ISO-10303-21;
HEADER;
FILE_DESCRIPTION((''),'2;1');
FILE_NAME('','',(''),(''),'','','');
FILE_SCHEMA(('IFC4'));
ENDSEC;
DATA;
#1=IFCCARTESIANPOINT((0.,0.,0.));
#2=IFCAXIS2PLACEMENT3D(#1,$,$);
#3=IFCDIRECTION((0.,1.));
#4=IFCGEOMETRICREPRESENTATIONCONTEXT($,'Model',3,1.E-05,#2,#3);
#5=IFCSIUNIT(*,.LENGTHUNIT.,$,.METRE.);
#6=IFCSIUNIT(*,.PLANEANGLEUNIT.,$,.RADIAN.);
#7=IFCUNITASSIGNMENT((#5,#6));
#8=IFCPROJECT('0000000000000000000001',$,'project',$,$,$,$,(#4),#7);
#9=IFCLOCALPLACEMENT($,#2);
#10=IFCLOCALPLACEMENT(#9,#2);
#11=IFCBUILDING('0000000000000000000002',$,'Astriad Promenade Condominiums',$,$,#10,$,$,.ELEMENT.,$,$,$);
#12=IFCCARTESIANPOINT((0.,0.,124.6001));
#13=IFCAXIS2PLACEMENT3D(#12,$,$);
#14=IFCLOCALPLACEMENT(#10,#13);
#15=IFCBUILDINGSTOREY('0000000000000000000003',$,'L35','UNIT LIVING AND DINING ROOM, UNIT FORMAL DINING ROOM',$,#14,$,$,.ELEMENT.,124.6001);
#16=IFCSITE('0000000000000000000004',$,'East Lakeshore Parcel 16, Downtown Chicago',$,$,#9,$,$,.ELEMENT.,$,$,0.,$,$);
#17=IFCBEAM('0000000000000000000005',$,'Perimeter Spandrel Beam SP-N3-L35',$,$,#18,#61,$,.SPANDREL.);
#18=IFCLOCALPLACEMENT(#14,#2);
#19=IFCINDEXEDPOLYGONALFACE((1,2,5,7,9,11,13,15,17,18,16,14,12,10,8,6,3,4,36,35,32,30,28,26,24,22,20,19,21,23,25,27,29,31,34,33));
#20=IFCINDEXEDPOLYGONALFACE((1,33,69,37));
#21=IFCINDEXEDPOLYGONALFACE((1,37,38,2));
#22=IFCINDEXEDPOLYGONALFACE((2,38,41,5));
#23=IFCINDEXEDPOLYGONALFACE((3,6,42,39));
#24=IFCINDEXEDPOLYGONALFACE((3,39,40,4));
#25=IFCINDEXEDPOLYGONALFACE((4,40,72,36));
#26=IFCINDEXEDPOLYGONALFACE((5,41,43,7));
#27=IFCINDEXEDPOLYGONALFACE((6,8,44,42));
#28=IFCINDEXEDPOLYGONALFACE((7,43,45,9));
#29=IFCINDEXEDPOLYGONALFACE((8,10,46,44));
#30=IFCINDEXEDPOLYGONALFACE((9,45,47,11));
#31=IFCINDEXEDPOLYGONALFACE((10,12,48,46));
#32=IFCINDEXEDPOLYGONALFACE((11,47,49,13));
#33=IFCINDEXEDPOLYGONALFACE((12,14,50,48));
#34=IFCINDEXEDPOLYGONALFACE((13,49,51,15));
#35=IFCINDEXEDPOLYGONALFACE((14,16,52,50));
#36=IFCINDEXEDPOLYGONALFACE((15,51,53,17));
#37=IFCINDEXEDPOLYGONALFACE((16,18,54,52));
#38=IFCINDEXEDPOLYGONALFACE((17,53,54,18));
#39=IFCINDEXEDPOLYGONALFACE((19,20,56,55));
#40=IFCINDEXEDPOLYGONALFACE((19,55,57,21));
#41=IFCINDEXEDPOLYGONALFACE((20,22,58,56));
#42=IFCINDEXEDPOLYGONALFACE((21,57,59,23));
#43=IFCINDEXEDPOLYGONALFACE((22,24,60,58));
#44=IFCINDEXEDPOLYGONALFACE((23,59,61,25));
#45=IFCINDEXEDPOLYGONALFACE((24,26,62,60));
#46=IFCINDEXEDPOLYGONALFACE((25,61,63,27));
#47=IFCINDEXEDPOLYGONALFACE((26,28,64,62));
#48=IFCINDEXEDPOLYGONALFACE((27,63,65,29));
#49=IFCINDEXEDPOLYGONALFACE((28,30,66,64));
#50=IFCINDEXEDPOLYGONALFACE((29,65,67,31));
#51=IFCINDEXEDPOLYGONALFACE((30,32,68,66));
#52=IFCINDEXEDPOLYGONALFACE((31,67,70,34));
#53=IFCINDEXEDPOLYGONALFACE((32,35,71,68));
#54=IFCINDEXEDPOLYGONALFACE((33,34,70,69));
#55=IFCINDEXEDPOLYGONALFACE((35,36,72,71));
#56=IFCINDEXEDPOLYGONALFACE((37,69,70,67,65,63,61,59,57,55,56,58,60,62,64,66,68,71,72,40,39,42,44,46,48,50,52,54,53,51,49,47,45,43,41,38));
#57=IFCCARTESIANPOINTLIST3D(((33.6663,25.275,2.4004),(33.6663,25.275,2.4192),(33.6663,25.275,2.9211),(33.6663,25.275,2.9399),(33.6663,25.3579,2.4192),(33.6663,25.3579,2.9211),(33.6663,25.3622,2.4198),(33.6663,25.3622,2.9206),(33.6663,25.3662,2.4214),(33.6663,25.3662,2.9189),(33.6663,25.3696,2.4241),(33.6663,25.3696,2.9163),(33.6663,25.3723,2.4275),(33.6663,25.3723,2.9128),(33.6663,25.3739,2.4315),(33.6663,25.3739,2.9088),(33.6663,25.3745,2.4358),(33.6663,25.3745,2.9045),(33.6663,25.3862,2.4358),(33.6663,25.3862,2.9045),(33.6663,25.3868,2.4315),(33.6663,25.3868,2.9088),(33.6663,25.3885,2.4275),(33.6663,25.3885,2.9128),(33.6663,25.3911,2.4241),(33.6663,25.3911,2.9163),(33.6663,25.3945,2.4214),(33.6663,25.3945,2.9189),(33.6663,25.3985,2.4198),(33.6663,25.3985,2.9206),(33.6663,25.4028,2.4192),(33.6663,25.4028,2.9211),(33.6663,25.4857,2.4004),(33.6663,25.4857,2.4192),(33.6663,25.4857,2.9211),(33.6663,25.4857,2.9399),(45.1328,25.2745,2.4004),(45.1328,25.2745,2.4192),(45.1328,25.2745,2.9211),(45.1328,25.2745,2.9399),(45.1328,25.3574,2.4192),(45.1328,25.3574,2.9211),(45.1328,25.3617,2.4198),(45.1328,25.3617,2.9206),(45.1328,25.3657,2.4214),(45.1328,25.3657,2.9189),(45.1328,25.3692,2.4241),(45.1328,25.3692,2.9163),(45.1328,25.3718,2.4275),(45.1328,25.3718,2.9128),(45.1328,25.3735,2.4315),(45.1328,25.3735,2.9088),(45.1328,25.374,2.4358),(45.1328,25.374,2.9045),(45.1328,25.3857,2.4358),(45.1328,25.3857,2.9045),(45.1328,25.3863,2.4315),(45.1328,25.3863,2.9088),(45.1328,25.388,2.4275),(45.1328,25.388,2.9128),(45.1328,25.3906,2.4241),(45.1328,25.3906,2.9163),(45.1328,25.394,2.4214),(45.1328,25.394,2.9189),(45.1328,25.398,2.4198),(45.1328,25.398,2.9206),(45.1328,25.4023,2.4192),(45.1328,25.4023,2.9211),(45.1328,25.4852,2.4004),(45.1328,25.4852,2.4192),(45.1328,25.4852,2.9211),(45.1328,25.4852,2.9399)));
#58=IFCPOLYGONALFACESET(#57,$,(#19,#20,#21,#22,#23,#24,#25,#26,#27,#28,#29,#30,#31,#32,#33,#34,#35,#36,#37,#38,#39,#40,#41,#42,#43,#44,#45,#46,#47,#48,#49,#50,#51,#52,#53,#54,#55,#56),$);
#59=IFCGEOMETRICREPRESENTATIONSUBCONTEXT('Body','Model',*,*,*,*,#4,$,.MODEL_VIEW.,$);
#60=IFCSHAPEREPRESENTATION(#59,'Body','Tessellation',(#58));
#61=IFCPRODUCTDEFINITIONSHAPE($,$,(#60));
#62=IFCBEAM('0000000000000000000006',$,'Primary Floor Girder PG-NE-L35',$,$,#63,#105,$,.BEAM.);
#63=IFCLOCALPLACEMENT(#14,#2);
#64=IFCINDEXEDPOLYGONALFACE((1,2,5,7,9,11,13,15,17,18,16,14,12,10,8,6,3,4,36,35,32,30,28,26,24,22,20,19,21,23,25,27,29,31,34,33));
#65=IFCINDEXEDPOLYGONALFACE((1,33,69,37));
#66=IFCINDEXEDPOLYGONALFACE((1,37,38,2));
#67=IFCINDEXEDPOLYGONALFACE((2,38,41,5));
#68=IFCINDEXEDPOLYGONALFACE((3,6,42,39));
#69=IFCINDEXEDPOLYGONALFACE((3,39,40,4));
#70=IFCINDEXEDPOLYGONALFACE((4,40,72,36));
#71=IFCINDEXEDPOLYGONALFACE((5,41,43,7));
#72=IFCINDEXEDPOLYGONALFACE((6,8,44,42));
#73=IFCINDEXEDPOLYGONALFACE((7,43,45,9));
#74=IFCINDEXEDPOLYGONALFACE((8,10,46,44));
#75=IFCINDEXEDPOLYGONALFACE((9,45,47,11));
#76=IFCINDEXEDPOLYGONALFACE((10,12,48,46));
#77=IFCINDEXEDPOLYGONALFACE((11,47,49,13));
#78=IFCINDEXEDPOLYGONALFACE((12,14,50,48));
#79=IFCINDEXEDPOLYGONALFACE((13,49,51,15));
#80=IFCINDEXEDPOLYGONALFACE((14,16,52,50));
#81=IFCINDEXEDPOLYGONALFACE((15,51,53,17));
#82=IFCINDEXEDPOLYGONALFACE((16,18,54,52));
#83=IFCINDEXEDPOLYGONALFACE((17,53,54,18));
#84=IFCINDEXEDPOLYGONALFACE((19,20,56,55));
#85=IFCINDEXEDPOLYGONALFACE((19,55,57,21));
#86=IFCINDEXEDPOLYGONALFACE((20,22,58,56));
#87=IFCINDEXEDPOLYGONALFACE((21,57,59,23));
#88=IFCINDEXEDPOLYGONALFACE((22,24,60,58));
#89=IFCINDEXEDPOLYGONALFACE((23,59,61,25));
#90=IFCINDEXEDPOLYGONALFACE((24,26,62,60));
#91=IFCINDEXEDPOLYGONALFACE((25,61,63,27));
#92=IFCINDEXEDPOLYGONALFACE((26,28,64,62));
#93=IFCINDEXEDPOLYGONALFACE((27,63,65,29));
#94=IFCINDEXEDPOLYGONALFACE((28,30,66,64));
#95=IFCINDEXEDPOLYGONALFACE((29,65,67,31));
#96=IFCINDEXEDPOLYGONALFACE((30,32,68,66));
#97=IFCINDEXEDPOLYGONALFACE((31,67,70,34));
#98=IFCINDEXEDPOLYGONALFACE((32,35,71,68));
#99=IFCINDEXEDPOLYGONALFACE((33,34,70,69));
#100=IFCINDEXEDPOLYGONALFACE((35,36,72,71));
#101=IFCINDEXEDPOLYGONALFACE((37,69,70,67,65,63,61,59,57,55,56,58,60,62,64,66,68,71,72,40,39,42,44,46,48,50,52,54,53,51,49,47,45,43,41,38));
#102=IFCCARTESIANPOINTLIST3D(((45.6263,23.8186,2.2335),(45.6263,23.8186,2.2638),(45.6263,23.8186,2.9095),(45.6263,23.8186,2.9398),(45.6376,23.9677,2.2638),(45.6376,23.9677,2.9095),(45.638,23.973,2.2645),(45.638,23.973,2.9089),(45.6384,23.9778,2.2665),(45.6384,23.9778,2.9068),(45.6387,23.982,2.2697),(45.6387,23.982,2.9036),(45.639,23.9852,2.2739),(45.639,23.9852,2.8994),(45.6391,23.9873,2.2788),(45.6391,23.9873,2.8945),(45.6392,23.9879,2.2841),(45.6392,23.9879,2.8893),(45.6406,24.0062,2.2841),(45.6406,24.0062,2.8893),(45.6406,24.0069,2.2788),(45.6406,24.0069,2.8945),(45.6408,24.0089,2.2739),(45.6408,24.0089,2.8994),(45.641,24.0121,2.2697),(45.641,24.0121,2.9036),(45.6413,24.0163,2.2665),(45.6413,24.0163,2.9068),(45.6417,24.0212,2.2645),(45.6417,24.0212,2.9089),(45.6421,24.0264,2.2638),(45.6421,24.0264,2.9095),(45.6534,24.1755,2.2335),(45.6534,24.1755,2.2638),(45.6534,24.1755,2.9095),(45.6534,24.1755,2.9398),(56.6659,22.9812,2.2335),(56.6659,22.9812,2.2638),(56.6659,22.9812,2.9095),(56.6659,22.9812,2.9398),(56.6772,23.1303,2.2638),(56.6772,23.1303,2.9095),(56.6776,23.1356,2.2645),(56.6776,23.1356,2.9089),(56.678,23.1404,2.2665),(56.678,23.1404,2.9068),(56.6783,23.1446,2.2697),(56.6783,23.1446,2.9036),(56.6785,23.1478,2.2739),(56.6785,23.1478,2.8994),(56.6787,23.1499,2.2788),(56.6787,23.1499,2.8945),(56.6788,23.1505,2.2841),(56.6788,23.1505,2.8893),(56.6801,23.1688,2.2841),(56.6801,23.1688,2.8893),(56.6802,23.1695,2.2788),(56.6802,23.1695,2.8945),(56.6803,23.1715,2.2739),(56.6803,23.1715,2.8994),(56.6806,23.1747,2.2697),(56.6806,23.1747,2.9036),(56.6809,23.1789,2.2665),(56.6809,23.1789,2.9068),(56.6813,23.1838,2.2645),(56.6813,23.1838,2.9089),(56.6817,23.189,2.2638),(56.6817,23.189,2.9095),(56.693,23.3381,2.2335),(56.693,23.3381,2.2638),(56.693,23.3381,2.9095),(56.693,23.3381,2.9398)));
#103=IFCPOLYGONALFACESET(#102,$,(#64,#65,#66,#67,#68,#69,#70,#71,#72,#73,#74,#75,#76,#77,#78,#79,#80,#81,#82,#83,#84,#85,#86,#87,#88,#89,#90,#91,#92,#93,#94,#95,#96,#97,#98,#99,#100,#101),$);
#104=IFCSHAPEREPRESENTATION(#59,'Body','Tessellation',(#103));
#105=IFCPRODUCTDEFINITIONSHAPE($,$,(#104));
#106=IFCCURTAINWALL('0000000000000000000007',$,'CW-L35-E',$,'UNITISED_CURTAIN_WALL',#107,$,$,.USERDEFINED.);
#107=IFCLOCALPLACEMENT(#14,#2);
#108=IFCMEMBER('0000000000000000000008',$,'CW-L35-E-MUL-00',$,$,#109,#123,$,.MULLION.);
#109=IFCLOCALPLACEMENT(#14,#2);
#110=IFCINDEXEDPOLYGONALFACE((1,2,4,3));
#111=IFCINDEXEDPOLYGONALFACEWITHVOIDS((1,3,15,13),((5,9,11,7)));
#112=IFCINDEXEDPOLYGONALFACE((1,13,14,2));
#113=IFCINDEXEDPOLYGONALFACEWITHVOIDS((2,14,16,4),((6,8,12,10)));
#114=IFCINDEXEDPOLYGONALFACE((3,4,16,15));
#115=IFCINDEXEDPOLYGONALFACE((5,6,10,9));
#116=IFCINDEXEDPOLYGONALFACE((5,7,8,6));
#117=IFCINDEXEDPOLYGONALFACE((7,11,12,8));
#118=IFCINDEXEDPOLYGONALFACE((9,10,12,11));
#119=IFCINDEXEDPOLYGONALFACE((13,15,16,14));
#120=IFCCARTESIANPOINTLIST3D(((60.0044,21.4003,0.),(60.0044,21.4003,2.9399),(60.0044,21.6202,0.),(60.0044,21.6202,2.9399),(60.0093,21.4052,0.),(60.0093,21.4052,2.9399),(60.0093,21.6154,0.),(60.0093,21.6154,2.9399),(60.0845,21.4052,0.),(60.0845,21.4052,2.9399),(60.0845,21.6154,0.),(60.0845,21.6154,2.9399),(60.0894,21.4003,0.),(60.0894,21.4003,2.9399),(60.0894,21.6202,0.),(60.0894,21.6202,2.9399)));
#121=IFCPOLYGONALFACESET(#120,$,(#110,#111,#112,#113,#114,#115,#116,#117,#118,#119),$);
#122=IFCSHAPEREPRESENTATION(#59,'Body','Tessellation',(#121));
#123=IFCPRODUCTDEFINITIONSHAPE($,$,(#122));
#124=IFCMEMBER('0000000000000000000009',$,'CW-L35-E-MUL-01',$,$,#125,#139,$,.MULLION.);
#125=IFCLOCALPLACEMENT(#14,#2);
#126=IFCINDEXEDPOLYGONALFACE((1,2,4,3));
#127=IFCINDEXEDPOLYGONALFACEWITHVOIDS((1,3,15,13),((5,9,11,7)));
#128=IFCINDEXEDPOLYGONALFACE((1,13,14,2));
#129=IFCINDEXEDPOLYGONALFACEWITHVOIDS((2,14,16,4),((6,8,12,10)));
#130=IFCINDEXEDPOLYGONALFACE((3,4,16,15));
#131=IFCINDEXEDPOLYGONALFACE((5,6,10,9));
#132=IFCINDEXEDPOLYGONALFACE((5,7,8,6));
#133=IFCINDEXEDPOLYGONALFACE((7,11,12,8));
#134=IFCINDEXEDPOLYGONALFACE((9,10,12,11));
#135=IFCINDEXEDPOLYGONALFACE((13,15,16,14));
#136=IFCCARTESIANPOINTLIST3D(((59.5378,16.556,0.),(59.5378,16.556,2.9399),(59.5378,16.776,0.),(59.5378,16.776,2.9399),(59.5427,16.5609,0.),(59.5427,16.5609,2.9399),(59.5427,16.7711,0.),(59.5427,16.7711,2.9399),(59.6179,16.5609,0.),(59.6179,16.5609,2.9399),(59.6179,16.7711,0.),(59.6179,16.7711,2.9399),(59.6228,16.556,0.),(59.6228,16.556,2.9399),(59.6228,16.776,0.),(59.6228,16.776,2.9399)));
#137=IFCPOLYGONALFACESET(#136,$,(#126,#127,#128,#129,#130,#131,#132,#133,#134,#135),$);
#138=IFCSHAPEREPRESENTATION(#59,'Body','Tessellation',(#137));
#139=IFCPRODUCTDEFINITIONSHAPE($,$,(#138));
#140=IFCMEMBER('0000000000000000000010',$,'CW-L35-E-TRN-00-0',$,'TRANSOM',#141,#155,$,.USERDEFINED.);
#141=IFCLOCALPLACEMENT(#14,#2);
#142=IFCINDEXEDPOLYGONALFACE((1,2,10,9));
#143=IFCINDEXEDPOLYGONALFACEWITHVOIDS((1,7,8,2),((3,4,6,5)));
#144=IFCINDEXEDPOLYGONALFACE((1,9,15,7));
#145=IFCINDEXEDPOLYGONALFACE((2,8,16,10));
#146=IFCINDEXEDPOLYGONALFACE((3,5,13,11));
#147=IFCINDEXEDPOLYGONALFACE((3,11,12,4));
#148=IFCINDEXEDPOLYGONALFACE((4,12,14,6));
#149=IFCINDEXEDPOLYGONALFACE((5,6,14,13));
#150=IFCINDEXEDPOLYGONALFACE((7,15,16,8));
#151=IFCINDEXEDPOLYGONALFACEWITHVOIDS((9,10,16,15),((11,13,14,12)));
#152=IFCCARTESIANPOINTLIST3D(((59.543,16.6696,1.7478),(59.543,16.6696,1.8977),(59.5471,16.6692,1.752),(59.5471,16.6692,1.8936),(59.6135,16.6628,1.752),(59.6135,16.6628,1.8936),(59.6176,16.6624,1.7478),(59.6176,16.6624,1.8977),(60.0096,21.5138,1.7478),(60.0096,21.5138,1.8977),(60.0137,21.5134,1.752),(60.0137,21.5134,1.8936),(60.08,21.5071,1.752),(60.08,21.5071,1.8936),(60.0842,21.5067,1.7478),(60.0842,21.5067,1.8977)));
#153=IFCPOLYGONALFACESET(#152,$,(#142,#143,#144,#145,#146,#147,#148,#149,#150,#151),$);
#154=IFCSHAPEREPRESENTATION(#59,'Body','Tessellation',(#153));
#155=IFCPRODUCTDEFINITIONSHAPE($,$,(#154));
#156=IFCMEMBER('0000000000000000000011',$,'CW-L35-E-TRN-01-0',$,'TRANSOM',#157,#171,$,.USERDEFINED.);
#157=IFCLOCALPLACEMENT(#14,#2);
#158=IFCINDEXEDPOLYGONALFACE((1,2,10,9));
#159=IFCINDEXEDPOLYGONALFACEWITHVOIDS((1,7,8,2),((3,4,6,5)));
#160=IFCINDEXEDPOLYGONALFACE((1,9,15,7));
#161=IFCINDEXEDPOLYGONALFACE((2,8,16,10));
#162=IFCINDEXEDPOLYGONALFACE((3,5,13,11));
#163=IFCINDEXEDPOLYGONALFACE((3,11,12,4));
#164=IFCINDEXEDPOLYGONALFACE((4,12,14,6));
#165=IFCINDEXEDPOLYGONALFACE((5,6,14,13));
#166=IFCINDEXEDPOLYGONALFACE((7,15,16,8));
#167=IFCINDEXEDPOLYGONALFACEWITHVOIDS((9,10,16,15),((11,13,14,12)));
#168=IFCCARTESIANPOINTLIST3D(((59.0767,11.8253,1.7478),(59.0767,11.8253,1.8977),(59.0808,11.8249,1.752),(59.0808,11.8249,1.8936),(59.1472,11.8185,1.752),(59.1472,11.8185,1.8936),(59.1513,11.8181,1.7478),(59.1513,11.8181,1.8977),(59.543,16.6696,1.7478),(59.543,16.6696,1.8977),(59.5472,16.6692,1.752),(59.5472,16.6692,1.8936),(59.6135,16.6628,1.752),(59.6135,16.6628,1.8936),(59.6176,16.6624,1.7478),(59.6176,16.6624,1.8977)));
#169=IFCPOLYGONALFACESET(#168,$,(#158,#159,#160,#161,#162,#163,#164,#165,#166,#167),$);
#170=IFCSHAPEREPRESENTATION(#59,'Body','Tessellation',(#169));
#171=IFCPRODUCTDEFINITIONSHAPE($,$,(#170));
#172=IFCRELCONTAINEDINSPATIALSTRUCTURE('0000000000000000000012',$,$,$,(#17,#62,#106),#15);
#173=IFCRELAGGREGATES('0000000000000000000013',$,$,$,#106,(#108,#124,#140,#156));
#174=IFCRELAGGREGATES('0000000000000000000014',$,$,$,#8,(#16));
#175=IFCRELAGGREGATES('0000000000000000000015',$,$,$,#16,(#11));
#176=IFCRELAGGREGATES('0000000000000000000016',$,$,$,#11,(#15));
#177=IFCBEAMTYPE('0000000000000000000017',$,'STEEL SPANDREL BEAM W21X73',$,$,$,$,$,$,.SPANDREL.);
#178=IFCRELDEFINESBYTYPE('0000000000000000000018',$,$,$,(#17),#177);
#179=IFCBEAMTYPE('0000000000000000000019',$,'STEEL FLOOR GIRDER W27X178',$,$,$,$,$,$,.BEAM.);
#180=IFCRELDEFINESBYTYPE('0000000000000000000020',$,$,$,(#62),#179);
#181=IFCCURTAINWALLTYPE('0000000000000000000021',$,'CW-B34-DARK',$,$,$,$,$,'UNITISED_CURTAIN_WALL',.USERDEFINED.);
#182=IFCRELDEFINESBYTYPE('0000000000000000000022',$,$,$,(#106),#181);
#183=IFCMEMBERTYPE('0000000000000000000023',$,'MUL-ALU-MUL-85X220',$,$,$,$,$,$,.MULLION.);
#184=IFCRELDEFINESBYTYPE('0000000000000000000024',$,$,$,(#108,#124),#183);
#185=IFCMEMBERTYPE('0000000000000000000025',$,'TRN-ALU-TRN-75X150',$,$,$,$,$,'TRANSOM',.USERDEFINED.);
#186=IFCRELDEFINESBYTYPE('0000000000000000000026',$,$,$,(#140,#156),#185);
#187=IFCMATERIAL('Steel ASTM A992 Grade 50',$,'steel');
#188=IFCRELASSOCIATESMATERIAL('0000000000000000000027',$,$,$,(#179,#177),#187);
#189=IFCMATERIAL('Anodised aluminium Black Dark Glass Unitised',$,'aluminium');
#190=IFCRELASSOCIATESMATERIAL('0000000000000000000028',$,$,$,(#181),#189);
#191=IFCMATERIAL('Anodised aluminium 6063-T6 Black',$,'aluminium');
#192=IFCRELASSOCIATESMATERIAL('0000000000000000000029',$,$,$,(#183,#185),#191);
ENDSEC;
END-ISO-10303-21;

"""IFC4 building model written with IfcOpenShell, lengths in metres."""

from ifc_helpers import new_model, si_unit, direction, frame, origin, origin_2d, place, context, subcontext, project, spatial, hollow_rectangle, i_section, extrude, source, transform, mapped, material, material_profile, profile_set, type_object, type_shapes, element, aggregate, save


model = new_model("IFC4")

# Units and contexts
model_context = context("Model", 3, precision=1e-05, world=origin(), true_north=direction((0.0, 1.0)))
body_context = subcontext(model_context, "Body", "Model", "MODEL_VIEW")
ifc_project = project(units=[si_unit("LENGTHUNIT", "METRE"), si_unit("PLANEANGLEUNIT", "RADIAN")], contexts=[model_context])

# Site, building, storey
site_placement = place(None, origin())
site = spatial("IfcSite", under=ifc_project, at=site_placement, Name="East Lakeshore Parcel 16, Downtown Chicago", CompositionType="ELEMENT", RefElevation=0.0)
building_placement = place(site_placement, origin())
building = spatial("IfcBuilding", under=site, at=building_placement, Name="Astriad Promenade Condominiums", CompositionType="ELEMENT")
storey_placement = place(building_placement, frame((0.0, 0.0, 124.6001)))
storey = spatial("IfcBuildingStorey", under=building, at=storey_placement, Name="L35", Description="UNIT LIVING AND DINING ROOM, UNIT FORMAL DINING ROOM", CompositionType="ELEMENT", Elevation=124.6001)

# Shared definitions
ifc_material_1 = material(Name="Steel ASTM A992 Grade 50", Category="steel")

# Beams
ifc_material_profile_1 = material_profile(ifc_material_1, i_section(OverallWidth=0.3579, OverallDepth=0.7063, WebThickness=0.0183, FlangeThickness=0.0303, FilletRadius=0.0203, at=origin_2d()), Name="W27X178")
ifc_profile_set_1 = profile_set([ifc_material_profile_1], Name="Steel ASTM A992 Grade 50")
beam_type_1 = type_object("IfcBeamType", Name="STEEL FLOOR GIRDER W27X178", PredefinedType="BEAM", material=ifc_profile_set_1)
ifc_material_profile_2 = material_profile(ifc_material_1, i_section(OverallWidth=0.2107, OverallDepth=0.5396, WebThickness=0.0117, FlangeThickness=0.0188, FilletRadius=0.0166, at=origin_2d()), Name="W21X73")
ifc_profile_set_2 = profile_set([ifc_material_profile_2], Name="Steel ASTM A992 Grade 50")
beam_type_2 = type_object("IfcBeamType", Name="STEEL SPANDREL BEAM W21X73", PredefinedType="SPANDREL", material=ifc_profile_set_2)
shared_shape_1 = source(origin(), body_context, "Body", "SweptSolid", [
    extrude(i_section(OverallWidth=0.2107, OverallDepth=0.5396, WebThickness=0.0117, FlangeThickness=0.0188, FilletRadius=0.0166, at=origin_2d()), origin(), (0.0, 0.0, 1.0), 11.4666),
])
type_shapes(beam_type_2, [shared_shape_1])
beam_1_placement = place(storey_placement, frame((45.1328, 25.3799, 2.6702), z_axis=(-1.0, 0.000043, 0.0), x_axis=(-0.000043, -1.0, 0.0)))
element("IfcBeam", 1, at=beam_1_placement, inside=storey, type_object=beam_type_2, Name="Perimeter Spandrel Beam SP-N3-L35", PredefinedType="SPANDREL", context=body_context, shape_type="MappedRepresentation", body=[
    mapped(shared_shape_1, transform((0.0, 0.0, 0.0), scale=1.0)),
])
shared_shape_2 = source(origin(), body_context, "Body", "SweptSolid", [
    extrude(i_section(OverallWidth=0.3579, OverallDepth=0.7063, WebThickness=0.0183, FlangeThickness=0.0303, FilletRadius=0.0203, at=origin_2d()), origin(), (0.0, 0.0, 1.0), 11.0713),
])
beam_2_placement = place(storey_placement, frame((56.6794, 23.1597, 2.5867), z_axis=(-0.997135, 0.075637, 0.0), x_axis=(-0.075637, -0.997135, 0.0)))
element("IfcBeam", 2, at=beam_2_placement, inside=storey, type_object=beam_type_1, Name="Primary Floor Girder PG-NE-L35", PredefinedType="BEAM", context=body_context, shape_type="MappedRepresentation", body=[
    mapped(shared_shape_2, transform((0.0, 0.0, 0.0), scale=1.0)),
])

# Curtain wall, members
ifc_material_2 = material(Name="Anodised aluminium Black Dark Glass Unitised", Category="aluminium")
curtain_wall_type = type_object("IfcCurtainWallType", Name="CW-B34-DARK", ElementType="UNITISED_CURTAIN_WALL", PredefinedType="USERDEFINED", material=ifc_material_2)
curtain_wall_placement = place(storey_placement, origin())
curtain_wall = element("IfcCurtainWall", 3, at=curtain_wall_placement, inside=storey, type_object=curtain_wall_type, Name="CW-L35-E", ObjectType="UNITISED_CURTAIN_WALL", PredefinedType="USERDEFINED")
ifc_material_3 = material(Name="Anodised aluminium 6063-T6 Black", Category="aluminium")
ifc_material_profile_3 = material_profile(ifc_material_3, hollow_rectangle(XDim=0.085, YDim=0.22, WallThickness=0.0049, at=origin_2d()), Name="ALU-MUL-85X220")
ifc_profile_set_3 = profile_set([ifc_material_profile_3], Name="Anodised aluminium 6063-T6 Black")
member_type_1 = type_object("IfcMemberType", Name="MUL-ALU-MUL-85X220", PredefinedType="MULLION", material=ifc_profile_set_3)
shared_shape_3 = source(origin(), body_context, "Body", "SweptSolid", [
    extrude(hollow_rectangle(XDim=0.085, YDim=0.22, WallThickness=0.0049, at=origin_2d()), origin(), (0.0, 0.0, 1.0), 2.9399),
])
type_shapes(member_type_1, [shared_shape_3])
member_1_placement = place(storey_placement, frame((60.0469, 21.5103, 0.0), z_axis=(0.0, 0.0, 1.0), x_axis=(1.0, 0.0, 0.0)))
member_1 = element("IfcMember", 4, at=member_1_placement, type_object=member_type_1, Name="CW-L35-E-MUL-00", PredefinedType="MULLION", context=body_context, shape_type="MappedRepresentation", body=[
    mapped(shared_shape_3, transform((0.0, 0.0, 0.0), scale=1.0)),
])
member_2_placement = place(storey_placement, frame((59.5803, 16.666, 0.0), z_axis=(0.0, 0.0, 1.0), x_axis=(1.0, 0.0, 0.0)))
member_2 = element("IfcMember", 5, at=member_2_placement, type_object=member_type_1, Name="CW-L35-E-MUL-01", PredefinedType="MULLION", context=body_context, shape_type="MappedRepresentation", body=[
    mapped(shared_shape_3, transform((0.0, 0.0, 0.0), scale=1.0)),
])
ifc_material_profile_4 = material_profile(ifc_material_3, hollow_rectangle(XDim=0.075, YDim=0.1499, WallThickness=0.0042, at=origin_2d()), Name="ALU-TRN-75X150")
ifc_profile_set_4 = profile_set([ifc_material_profile_4], Name="Anodised aluminium 6063-T6 Black")
member_type_2 = type_object("IfcMemberType", Name="TRN-ALU-TRN-75X150", ElementType="TRANSOM", PredefinedType="USERDEFINED", material=ifc_profile_set_4)
shared_shape_4 = source(origin(), body_context, "Body", "SweptSolid", [
    extrude(hollow_rectangle(XDim=0.075, YDim=0.1499, WallThickness=0.0042, at=origin_2d()), origin(), (0.0, 0.0, 1.0), 4.8667),
])
type_shapes(member_type_2, [shared_shape_4])
member_3_placement = place(storey_placement, frame((60.0469, 21.5103, 1.8228), z_axis=(-0.095867, -0.995394, 0.0), x_axis=(0.995394, -0.095867, 0.0)))
member_3 = element("IfcMember", 6, at=member_3_placement, type_object=member_type_2, Name="CW-L35-E-TRN-00-0", ObjectType="TRANSOM", PredefinedType="USERDEFINED", context=body_context, shape_type="MappedRepresentation", body=[
    mapped(shared_shape_4, transform((0.0, 0.0, 0.0), scale=1.0)),
])
member_4_placement = place(storey_placement, frame((59.5803, 16.666, 1.8228), z_axis=(-0.095818, -0.995399, 0.0), x_axis=(0.995399, -0.095818, 0.0)))
member_4 = element("IfcMember", 7, at=member_4_placement, type_object=member_type_2, Name="CW-L35-E-TRN-01-0", ObjectType="TRANSOM", PredefinedType="USERDEFINED", context=body_context, shape_type="MappedRepresentation", body=[
    mapped(shared_shape_4, transform((0.0, 0.0, 0.0), scale=1.0)),
])
aggregate(curtain_wall, [member_1, member_2, member_3, member_4])

save(model, "model.ifc")
